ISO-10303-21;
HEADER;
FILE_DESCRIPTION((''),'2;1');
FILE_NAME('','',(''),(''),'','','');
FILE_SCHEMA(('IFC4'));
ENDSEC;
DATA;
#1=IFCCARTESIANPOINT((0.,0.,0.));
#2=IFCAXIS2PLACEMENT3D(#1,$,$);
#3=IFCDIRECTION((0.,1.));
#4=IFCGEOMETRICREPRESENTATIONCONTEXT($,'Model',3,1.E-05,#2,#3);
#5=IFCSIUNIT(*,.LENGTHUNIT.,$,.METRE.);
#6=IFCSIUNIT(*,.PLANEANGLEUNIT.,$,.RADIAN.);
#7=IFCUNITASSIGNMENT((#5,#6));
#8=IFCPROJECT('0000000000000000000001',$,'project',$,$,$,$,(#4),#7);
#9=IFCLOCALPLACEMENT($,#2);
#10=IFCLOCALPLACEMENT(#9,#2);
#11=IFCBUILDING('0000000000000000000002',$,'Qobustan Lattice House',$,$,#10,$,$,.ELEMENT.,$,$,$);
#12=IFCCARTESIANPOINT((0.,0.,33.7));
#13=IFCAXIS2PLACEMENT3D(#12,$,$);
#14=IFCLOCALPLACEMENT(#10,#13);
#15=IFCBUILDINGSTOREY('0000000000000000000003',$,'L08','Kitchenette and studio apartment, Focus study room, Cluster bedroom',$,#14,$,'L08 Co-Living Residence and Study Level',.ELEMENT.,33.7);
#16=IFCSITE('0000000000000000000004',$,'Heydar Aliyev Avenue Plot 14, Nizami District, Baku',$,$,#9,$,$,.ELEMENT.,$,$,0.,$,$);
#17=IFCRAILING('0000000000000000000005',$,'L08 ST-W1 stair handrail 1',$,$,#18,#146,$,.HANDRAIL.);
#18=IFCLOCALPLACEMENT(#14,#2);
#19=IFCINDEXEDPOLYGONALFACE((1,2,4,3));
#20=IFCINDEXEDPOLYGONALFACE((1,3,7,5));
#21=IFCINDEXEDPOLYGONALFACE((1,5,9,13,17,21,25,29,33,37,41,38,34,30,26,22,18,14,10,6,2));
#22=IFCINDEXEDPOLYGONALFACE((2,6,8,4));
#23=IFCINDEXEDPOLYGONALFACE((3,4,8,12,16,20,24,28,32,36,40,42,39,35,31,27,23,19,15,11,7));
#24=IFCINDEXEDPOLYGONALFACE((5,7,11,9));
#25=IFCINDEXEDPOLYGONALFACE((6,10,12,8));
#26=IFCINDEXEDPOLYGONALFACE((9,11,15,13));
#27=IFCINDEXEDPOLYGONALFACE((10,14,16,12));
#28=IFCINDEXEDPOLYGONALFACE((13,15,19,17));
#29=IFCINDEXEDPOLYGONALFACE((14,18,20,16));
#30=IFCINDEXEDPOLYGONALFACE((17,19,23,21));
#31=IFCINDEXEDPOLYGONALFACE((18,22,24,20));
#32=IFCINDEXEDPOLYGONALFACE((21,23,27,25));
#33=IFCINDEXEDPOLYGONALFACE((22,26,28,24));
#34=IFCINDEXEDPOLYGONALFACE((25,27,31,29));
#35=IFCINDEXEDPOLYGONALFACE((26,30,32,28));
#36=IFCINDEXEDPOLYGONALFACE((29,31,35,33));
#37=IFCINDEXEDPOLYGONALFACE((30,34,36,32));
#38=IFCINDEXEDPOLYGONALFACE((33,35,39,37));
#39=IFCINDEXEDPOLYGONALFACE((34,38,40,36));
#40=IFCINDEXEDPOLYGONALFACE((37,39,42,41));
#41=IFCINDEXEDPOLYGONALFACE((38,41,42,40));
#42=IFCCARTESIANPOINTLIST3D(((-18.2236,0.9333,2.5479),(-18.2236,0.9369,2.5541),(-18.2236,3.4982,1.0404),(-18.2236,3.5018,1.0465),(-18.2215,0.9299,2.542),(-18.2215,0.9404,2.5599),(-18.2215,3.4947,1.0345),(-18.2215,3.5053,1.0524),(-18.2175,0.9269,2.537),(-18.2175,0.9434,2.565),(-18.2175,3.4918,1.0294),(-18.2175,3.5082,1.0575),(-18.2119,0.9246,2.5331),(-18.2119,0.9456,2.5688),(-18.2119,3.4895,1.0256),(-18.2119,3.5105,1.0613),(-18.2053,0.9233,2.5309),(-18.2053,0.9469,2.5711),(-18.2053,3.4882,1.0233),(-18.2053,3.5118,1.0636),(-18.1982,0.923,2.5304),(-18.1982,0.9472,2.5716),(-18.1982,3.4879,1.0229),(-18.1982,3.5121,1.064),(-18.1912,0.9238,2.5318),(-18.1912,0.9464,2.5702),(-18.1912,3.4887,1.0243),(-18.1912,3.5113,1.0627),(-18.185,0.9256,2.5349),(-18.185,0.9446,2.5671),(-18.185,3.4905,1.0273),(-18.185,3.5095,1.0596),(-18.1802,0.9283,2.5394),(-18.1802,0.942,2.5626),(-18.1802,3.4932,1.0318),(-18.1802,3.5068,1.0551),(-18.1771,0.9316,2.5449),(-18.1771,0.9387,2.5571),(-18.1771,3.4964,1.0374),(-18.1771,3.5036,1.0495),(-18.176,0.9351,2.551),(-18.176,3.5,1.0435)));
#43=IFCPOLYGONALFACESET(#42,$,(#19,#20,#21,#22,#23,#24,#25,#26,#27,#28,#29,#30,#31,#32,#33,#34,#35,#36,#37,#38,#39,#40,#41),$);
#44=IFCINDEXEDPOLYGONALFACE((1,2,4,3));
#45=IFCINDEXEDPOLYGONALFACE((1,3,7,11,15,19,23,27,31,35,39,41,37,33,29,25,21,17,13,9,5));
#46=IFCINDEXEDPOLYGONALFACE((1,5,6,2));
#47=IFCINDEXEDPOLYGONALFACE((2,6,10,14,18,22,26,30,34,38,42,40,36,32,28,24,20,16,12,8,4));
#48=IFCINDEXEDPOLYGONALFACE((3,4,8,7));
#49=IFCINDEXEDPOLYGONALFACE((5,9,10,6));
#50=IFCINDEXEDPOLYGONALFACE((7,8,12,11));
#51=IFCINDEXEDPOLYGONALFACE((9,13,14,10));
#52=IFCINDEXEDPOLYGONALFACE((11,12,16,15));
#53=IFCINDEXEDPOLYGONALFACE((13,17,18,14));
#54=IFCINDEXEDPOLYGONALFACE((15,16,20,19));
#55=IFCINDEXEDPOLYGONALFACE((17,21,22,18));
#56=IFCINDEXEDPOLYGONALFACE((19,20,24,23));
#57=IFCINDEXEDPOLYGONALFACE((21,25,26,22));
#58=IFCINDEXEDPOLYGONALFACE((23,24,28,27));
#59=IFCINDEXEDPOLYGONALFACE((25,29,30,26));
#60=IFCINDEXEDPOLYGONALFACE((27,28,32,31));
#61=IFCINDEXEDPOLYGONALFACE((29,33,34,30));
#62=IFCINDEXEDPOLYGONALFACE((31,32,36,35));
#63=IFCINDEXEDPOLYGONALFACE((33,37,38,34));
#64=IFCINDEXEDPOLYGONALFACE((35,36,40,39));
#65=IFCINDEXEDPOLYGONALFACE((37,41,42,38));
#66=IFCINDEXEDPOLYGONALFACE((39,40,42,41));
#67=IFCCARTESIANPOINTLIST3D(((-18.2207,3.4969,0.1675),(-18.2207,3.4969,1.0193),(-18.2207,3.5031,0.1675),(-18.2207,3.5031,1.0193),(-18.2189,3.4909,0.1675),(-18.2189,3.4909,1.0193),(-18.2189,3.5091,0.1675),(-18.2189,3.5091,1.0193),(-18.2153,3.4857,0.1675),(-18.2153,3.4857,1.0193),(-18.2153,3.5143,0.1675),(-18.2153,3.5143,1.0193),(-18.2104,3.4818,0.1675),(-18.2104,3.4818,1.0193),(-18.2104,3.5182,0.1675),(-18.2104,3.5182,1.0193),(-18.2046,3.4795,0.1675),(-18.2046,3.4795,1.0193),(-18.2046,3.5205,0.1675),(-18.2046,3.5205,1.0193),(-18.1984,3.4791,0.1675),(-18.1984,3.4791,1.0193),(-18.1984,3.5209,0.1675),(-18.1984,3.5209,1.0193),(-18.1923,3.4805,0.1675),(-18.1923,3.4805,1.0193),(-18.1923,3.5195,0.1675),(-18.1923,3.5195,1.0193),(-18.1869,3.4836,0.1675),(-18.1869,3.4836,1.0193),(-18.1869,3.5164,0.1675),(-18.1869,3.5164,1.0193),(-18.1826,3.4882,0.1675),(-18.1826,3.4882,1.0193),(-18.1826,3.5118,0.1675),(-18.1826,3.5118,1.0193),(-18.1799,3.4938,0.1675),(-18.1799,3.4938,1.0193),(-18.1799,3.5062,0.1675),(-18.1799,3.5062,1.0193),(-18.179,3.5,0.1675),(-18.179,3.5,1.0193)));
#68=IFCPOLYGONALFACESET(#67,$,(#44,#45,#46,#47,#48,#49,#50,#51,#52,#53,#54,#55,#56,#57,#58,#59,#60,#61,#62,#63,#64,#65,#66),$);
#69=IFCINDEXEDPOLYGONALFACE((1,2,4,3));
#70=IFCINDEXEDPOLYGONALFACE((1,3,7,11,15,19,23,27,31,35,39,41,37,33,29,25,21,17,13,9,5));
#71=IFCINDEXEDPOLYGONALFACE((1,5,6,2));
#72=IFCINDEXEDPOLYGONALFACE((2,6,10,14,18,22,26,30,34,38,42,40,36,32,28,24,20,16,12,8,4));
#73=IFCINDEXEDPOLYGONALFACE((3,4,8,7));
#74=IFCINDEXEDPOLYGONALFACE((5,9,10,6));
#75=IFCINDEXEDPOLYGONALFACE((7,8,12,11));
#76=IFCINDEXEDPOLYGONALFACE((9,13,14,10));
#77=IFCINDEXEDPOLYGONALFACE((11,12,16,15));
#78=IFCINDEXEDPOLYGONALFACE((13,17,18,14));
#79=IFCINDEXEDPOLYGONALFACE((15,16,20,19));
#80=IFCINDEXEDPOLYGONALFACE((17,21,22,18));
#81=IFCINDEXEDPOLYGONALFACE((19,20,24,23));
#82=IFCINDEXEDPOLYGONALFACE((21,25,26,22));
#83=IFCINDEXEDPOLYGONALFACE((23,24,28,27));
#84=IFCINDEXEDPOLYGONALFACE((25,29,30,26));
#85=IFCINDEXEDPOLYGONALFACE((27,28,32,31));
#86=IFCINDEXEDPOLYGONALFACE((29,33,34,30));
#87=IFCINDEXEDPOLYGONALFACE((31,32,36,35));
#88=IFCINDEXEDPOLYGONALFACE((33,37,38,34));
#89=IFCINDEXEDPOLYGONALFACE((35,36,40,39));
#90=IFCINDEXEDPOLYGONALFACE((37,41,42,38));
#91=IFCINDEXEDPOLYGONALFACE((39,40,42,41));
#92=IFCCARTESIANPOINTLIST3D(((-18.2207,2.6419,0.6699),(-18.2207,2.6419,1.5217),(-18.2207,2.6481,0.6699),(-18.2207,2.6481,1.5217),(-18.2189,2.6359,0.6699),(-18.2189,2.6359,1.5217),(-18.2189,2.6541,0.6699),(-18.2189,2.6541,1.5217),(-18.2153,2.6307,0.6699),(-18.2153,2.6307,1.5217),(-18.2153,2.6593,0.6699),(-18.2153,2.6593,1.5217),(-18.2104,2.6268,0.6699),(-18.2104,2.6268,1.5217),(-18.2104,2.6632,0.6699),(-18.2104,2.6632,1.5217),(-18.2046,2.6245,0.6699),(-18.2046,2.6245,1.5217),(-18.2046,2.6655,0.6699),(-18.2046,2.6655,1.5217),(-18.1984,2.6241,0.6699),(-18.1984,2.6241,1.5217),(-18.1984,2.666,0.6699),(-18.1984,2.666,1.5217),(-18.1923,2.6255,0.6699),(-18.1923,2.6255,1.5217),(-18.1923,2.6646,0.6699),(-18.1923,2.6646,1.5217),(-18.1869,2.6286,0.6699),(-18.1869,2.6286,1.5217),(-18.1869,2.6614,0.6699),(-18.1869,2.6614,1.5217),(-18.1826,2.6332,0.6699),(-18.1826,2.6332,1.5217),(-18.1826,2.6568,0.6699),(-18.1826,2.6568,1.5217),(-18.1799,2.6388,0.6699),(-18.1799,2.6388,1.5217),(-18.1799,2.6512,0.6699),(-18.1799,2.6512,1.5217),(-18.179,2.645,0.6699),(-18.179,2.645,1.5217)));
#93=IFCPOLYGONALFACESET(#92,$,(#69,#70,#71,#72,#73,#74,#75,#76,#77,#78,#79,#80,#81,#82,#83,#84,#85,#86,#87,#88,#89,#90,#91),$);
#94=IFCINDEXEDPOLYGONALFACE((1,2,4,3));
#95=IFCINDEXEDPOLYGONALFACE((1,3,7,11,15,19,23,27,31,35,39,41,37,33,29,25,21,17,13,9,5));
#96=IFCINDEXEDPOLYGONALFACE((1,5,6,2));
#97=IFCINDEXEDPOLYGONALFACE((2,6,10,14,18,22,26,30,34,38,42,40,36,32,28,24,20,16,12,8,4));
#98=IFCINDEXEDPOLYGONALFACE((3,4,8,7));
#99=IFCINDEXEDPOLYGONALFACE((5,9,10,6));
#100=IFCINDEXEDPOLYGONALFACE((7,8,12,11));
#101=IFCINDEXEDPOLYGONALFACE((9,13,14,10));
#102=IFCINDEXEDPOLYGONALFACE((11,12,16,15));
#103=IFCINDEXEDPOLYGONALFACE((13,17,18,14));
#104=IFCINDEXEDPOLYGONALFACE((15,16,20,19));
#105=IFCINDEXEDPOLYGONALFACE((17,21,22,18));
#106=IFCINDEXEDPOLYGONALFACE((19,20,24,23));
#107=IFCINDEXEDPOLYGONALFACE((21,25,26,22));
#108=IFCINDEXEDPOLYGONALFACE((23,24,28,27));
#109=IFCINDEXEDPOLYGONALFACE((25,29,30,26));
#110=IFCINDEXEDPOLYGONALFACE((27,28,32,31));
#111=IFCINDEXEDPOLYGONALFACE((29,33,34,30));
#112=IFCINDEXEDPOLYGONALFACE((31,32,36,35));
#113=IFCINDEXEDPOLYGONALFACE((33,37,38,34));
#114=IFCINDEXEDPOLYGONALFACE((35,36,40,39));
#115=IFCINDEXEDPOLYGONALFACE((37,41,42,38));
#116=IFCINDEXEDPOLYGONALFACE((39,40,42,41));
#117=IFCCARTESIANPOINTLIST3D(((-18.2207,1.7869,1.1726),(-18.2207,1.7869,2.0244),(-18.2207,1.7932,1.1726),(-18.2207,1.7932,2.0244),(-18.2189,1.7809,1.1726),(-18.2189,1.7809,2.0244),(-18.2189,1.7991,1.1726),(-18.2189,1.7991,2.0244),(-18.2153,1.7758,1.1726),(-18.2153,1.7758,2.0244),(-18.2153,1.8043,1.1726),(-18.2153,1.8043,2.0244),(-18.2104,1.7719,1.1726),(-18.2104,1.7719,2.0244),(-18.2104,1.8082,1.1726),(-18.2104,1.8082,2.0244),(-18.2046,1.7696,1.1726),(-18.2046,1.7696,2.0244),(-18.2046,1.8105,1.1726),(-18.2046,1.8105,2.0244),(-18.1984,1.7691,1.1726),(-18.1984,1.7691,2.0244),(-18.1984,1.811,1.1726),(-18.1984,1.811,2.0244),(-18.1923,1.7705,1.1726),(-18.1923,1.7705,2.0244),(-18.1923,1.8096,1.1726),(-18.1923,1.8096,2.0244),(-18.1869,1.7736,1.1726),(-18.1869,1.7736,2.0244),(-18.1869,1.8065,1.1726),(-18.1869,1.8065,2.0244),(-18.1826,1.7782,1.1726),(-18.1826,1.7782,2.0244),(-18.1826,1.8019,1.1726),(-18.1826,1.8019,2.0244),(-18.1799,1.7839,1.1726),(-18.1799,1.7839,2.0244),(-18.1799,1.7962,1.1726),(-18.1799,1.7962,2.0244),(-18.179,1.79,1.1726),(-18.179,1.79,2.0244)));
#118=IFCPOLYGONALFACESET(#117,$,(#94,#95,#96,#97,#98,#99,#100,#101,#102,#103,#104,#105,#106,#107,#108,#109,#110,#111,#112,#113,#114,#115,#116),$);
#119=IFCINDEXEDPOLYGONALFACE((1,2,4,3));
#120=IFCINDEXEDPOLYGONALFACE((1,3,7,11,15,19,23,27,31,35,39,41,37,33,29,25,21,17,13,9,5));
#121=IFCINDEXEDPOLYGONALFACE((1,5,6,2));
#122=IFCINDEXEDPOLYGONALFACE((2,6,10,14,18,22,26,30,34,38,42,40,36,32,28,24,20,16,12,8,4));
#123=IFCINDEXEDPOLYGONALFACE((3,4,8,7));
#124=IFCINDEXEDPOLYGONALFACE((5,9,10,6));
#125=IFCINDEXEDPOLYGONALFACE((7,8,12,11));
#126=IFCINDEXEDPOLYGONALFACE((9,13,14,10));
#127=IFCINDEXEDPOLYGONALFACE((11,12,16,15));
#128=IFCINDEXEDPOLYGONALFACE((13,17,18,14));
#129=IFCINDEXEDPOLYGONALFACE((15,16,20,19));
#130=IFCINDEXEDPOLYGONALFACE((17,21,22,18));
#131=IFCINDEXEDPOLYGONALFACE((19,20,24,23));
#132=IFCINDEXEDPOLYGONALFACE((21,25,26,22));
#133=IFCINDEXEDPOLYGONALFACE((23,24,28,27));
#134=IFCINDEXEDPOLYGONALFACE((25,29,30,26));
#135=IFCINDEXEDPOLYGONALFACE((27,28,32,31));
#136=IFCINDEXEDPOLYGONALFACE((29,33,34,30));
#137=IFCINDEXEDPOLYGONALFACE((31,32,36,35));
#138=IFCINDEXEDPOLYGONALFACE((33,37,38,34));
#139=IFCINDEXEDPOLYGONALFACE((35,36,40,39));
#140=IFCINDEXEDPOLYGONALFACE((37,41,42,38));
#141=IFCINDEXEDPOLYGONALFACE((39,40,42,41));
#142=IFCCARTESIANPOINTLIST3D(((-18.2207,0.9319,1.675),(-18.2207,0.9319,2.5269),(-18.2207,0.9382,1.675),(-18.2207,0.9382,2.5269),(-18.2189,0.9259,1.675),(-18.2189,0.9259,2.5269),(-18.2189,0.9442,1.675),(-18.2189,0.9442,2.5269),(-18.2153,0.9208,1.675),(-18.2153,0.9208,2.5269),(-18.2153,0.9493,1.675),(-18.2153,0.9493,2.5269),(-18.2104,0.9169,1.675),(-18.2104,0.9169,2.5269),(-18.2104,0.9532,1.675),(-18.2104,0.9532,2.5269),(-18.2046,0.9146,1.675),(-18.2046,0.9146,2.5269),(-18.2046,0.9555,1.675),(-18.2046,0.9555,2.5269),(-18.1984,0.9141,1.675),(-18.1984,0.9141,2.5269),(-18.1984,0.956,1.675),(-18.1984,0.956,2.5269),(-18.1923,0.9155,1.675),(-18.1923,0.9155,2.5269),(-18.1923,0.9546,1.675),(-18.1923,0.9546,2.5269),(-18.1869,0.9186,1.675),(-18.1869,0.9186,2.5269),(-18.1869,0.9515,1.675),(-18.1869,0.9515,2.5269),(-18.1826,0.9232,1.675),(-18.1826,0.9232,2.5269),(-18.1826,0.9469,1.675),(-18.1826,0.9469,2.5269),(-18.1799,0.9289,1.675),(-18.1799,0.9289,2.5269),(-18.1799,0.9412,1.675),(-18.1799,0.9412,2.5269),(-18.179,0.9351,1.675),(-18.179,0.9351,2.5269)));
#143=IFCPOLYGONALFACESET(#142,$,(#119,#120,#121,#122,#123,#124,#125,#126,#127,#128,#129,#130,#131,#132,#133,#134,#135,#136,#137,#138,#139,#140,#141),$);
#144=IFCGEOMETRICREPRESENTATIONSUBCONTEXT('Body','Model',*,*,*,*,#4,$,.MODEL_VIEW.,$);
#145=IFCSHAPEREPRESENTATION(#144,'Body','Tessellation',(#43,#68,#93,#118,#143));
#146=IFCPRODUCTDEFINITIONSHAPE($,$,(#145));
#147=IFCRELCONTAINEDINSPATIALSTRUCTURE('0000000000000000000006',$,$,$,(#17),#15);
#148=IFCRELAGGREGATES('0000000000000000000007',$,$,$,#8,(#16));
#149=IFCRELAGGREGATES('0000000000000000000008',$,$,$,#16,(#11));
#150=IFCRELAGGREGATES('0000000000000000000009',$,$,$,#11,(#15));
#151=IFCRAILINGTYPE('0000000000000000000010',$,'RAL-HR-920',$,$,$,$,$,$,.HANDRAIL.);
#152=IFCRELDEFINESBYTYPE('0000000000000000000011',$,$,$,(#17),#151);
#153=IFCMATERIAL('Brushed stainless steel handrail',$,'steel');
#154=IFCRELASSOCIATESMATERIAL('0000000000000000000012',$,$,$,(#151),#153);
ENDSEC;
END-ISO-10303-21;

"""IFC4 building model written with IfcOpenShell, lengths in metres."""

from ifc_helpers import new_model, si_unit, direction, frame, origin, origin_2d, place, context, subcontext, project, spatial, circle, extrude, material, type_object, element, save


model = new_model("IFC4")

# Units and contexts
model_context = context("Model", 3, precision=1e-05, world=origin(), true_north=direction((0.0, 1.0)))
body_context = subcontext(model_context, "Body", "Model", "MODEL_VIEW")
ifc_project = project(units=[si_unit("LENGTHUNIT", "METRE"), si_unit("PLANEANGLEUNIT", "RADIAN")], contexts=[model_context])

# Site, building, storey
site_placement = place(None, origin())
site = spatial("IfcSite", under=ifc_project, at=site_placement, Name="Heydar Aliyev Avenue Plot 14, Nizami District, Baku", CompositionType="ELEMENT", RefElevation=0.0)
building_placement = place(site_placement, origin())
building = spatial("IfcBuilding", under=site, at=building_placement, Name="Qobustan Lattice House", CompositionType="ELEMENT")
storey_placement = place(building_placement, frame((0.0, 0.0, 33.7)))
storey = spatial("IfcBuildingStorey", under=building, at=storey_placement, Name="L08", Description="Kitchenette and studio apartment, Focus study room, Cluster bedroom", LongName="L08 Co-Living Residence and Study Level", CompositionType="ELEMENT", Elevation=33.7)

# Railing
ifc_material_1 = material(Name="Brushed stainless steel handrail", Category="steel")
railing_type_1 = type_object("IfcRailingType", Name="RAL-HR-920", PredefinedType="HANDRAIL", material=ifc_material_1)
railing_1_placement = place(storey_placement, frame((-18.2, 3.5, 0.1675)))
element("IfcRailing", 1, at=railing_1_placement, inside=storey, type_object=railing_type_1, Name="L08 ST-W1 stair handrail 1", PredefinedType="HANDRAIL", context=body_context, shape_type="SweptSolid", body=[
    extrude(circle(Radius=0.0239, at=origin_2d()), frame((0.0, 0.0, 0.876), z_axis=(0.0, -0.862113, 0.506715), x_axis=(1.0, 0.0, 0.0)), (0.0, 0.0, 1.0), 2.9751),
    extrude(circle(Radius=0.021, at=origin_2d()), origin(), (0.0, 0.0, 1.0), 0.8518),
    extrude(circle(Radius=0.021, at=origin_2d()), frame((0.0, -0.855, 0.5024)), (0.0, 0.0, 1.0), 0.8518),
    extrude(circle(Radius=0.021, at=origin_2d()), frame((0.0, -1.71, 1.0051)), (0.0, 0.0, 1.0), 0.8518),
    extrude(circle(Radius=0.021, at=origin_2d()), frame((0.0, -2.5649, 1.5076)), (0.0, 0.0, 1.0), 0.8518),
])

save(model, "model.ifc")
